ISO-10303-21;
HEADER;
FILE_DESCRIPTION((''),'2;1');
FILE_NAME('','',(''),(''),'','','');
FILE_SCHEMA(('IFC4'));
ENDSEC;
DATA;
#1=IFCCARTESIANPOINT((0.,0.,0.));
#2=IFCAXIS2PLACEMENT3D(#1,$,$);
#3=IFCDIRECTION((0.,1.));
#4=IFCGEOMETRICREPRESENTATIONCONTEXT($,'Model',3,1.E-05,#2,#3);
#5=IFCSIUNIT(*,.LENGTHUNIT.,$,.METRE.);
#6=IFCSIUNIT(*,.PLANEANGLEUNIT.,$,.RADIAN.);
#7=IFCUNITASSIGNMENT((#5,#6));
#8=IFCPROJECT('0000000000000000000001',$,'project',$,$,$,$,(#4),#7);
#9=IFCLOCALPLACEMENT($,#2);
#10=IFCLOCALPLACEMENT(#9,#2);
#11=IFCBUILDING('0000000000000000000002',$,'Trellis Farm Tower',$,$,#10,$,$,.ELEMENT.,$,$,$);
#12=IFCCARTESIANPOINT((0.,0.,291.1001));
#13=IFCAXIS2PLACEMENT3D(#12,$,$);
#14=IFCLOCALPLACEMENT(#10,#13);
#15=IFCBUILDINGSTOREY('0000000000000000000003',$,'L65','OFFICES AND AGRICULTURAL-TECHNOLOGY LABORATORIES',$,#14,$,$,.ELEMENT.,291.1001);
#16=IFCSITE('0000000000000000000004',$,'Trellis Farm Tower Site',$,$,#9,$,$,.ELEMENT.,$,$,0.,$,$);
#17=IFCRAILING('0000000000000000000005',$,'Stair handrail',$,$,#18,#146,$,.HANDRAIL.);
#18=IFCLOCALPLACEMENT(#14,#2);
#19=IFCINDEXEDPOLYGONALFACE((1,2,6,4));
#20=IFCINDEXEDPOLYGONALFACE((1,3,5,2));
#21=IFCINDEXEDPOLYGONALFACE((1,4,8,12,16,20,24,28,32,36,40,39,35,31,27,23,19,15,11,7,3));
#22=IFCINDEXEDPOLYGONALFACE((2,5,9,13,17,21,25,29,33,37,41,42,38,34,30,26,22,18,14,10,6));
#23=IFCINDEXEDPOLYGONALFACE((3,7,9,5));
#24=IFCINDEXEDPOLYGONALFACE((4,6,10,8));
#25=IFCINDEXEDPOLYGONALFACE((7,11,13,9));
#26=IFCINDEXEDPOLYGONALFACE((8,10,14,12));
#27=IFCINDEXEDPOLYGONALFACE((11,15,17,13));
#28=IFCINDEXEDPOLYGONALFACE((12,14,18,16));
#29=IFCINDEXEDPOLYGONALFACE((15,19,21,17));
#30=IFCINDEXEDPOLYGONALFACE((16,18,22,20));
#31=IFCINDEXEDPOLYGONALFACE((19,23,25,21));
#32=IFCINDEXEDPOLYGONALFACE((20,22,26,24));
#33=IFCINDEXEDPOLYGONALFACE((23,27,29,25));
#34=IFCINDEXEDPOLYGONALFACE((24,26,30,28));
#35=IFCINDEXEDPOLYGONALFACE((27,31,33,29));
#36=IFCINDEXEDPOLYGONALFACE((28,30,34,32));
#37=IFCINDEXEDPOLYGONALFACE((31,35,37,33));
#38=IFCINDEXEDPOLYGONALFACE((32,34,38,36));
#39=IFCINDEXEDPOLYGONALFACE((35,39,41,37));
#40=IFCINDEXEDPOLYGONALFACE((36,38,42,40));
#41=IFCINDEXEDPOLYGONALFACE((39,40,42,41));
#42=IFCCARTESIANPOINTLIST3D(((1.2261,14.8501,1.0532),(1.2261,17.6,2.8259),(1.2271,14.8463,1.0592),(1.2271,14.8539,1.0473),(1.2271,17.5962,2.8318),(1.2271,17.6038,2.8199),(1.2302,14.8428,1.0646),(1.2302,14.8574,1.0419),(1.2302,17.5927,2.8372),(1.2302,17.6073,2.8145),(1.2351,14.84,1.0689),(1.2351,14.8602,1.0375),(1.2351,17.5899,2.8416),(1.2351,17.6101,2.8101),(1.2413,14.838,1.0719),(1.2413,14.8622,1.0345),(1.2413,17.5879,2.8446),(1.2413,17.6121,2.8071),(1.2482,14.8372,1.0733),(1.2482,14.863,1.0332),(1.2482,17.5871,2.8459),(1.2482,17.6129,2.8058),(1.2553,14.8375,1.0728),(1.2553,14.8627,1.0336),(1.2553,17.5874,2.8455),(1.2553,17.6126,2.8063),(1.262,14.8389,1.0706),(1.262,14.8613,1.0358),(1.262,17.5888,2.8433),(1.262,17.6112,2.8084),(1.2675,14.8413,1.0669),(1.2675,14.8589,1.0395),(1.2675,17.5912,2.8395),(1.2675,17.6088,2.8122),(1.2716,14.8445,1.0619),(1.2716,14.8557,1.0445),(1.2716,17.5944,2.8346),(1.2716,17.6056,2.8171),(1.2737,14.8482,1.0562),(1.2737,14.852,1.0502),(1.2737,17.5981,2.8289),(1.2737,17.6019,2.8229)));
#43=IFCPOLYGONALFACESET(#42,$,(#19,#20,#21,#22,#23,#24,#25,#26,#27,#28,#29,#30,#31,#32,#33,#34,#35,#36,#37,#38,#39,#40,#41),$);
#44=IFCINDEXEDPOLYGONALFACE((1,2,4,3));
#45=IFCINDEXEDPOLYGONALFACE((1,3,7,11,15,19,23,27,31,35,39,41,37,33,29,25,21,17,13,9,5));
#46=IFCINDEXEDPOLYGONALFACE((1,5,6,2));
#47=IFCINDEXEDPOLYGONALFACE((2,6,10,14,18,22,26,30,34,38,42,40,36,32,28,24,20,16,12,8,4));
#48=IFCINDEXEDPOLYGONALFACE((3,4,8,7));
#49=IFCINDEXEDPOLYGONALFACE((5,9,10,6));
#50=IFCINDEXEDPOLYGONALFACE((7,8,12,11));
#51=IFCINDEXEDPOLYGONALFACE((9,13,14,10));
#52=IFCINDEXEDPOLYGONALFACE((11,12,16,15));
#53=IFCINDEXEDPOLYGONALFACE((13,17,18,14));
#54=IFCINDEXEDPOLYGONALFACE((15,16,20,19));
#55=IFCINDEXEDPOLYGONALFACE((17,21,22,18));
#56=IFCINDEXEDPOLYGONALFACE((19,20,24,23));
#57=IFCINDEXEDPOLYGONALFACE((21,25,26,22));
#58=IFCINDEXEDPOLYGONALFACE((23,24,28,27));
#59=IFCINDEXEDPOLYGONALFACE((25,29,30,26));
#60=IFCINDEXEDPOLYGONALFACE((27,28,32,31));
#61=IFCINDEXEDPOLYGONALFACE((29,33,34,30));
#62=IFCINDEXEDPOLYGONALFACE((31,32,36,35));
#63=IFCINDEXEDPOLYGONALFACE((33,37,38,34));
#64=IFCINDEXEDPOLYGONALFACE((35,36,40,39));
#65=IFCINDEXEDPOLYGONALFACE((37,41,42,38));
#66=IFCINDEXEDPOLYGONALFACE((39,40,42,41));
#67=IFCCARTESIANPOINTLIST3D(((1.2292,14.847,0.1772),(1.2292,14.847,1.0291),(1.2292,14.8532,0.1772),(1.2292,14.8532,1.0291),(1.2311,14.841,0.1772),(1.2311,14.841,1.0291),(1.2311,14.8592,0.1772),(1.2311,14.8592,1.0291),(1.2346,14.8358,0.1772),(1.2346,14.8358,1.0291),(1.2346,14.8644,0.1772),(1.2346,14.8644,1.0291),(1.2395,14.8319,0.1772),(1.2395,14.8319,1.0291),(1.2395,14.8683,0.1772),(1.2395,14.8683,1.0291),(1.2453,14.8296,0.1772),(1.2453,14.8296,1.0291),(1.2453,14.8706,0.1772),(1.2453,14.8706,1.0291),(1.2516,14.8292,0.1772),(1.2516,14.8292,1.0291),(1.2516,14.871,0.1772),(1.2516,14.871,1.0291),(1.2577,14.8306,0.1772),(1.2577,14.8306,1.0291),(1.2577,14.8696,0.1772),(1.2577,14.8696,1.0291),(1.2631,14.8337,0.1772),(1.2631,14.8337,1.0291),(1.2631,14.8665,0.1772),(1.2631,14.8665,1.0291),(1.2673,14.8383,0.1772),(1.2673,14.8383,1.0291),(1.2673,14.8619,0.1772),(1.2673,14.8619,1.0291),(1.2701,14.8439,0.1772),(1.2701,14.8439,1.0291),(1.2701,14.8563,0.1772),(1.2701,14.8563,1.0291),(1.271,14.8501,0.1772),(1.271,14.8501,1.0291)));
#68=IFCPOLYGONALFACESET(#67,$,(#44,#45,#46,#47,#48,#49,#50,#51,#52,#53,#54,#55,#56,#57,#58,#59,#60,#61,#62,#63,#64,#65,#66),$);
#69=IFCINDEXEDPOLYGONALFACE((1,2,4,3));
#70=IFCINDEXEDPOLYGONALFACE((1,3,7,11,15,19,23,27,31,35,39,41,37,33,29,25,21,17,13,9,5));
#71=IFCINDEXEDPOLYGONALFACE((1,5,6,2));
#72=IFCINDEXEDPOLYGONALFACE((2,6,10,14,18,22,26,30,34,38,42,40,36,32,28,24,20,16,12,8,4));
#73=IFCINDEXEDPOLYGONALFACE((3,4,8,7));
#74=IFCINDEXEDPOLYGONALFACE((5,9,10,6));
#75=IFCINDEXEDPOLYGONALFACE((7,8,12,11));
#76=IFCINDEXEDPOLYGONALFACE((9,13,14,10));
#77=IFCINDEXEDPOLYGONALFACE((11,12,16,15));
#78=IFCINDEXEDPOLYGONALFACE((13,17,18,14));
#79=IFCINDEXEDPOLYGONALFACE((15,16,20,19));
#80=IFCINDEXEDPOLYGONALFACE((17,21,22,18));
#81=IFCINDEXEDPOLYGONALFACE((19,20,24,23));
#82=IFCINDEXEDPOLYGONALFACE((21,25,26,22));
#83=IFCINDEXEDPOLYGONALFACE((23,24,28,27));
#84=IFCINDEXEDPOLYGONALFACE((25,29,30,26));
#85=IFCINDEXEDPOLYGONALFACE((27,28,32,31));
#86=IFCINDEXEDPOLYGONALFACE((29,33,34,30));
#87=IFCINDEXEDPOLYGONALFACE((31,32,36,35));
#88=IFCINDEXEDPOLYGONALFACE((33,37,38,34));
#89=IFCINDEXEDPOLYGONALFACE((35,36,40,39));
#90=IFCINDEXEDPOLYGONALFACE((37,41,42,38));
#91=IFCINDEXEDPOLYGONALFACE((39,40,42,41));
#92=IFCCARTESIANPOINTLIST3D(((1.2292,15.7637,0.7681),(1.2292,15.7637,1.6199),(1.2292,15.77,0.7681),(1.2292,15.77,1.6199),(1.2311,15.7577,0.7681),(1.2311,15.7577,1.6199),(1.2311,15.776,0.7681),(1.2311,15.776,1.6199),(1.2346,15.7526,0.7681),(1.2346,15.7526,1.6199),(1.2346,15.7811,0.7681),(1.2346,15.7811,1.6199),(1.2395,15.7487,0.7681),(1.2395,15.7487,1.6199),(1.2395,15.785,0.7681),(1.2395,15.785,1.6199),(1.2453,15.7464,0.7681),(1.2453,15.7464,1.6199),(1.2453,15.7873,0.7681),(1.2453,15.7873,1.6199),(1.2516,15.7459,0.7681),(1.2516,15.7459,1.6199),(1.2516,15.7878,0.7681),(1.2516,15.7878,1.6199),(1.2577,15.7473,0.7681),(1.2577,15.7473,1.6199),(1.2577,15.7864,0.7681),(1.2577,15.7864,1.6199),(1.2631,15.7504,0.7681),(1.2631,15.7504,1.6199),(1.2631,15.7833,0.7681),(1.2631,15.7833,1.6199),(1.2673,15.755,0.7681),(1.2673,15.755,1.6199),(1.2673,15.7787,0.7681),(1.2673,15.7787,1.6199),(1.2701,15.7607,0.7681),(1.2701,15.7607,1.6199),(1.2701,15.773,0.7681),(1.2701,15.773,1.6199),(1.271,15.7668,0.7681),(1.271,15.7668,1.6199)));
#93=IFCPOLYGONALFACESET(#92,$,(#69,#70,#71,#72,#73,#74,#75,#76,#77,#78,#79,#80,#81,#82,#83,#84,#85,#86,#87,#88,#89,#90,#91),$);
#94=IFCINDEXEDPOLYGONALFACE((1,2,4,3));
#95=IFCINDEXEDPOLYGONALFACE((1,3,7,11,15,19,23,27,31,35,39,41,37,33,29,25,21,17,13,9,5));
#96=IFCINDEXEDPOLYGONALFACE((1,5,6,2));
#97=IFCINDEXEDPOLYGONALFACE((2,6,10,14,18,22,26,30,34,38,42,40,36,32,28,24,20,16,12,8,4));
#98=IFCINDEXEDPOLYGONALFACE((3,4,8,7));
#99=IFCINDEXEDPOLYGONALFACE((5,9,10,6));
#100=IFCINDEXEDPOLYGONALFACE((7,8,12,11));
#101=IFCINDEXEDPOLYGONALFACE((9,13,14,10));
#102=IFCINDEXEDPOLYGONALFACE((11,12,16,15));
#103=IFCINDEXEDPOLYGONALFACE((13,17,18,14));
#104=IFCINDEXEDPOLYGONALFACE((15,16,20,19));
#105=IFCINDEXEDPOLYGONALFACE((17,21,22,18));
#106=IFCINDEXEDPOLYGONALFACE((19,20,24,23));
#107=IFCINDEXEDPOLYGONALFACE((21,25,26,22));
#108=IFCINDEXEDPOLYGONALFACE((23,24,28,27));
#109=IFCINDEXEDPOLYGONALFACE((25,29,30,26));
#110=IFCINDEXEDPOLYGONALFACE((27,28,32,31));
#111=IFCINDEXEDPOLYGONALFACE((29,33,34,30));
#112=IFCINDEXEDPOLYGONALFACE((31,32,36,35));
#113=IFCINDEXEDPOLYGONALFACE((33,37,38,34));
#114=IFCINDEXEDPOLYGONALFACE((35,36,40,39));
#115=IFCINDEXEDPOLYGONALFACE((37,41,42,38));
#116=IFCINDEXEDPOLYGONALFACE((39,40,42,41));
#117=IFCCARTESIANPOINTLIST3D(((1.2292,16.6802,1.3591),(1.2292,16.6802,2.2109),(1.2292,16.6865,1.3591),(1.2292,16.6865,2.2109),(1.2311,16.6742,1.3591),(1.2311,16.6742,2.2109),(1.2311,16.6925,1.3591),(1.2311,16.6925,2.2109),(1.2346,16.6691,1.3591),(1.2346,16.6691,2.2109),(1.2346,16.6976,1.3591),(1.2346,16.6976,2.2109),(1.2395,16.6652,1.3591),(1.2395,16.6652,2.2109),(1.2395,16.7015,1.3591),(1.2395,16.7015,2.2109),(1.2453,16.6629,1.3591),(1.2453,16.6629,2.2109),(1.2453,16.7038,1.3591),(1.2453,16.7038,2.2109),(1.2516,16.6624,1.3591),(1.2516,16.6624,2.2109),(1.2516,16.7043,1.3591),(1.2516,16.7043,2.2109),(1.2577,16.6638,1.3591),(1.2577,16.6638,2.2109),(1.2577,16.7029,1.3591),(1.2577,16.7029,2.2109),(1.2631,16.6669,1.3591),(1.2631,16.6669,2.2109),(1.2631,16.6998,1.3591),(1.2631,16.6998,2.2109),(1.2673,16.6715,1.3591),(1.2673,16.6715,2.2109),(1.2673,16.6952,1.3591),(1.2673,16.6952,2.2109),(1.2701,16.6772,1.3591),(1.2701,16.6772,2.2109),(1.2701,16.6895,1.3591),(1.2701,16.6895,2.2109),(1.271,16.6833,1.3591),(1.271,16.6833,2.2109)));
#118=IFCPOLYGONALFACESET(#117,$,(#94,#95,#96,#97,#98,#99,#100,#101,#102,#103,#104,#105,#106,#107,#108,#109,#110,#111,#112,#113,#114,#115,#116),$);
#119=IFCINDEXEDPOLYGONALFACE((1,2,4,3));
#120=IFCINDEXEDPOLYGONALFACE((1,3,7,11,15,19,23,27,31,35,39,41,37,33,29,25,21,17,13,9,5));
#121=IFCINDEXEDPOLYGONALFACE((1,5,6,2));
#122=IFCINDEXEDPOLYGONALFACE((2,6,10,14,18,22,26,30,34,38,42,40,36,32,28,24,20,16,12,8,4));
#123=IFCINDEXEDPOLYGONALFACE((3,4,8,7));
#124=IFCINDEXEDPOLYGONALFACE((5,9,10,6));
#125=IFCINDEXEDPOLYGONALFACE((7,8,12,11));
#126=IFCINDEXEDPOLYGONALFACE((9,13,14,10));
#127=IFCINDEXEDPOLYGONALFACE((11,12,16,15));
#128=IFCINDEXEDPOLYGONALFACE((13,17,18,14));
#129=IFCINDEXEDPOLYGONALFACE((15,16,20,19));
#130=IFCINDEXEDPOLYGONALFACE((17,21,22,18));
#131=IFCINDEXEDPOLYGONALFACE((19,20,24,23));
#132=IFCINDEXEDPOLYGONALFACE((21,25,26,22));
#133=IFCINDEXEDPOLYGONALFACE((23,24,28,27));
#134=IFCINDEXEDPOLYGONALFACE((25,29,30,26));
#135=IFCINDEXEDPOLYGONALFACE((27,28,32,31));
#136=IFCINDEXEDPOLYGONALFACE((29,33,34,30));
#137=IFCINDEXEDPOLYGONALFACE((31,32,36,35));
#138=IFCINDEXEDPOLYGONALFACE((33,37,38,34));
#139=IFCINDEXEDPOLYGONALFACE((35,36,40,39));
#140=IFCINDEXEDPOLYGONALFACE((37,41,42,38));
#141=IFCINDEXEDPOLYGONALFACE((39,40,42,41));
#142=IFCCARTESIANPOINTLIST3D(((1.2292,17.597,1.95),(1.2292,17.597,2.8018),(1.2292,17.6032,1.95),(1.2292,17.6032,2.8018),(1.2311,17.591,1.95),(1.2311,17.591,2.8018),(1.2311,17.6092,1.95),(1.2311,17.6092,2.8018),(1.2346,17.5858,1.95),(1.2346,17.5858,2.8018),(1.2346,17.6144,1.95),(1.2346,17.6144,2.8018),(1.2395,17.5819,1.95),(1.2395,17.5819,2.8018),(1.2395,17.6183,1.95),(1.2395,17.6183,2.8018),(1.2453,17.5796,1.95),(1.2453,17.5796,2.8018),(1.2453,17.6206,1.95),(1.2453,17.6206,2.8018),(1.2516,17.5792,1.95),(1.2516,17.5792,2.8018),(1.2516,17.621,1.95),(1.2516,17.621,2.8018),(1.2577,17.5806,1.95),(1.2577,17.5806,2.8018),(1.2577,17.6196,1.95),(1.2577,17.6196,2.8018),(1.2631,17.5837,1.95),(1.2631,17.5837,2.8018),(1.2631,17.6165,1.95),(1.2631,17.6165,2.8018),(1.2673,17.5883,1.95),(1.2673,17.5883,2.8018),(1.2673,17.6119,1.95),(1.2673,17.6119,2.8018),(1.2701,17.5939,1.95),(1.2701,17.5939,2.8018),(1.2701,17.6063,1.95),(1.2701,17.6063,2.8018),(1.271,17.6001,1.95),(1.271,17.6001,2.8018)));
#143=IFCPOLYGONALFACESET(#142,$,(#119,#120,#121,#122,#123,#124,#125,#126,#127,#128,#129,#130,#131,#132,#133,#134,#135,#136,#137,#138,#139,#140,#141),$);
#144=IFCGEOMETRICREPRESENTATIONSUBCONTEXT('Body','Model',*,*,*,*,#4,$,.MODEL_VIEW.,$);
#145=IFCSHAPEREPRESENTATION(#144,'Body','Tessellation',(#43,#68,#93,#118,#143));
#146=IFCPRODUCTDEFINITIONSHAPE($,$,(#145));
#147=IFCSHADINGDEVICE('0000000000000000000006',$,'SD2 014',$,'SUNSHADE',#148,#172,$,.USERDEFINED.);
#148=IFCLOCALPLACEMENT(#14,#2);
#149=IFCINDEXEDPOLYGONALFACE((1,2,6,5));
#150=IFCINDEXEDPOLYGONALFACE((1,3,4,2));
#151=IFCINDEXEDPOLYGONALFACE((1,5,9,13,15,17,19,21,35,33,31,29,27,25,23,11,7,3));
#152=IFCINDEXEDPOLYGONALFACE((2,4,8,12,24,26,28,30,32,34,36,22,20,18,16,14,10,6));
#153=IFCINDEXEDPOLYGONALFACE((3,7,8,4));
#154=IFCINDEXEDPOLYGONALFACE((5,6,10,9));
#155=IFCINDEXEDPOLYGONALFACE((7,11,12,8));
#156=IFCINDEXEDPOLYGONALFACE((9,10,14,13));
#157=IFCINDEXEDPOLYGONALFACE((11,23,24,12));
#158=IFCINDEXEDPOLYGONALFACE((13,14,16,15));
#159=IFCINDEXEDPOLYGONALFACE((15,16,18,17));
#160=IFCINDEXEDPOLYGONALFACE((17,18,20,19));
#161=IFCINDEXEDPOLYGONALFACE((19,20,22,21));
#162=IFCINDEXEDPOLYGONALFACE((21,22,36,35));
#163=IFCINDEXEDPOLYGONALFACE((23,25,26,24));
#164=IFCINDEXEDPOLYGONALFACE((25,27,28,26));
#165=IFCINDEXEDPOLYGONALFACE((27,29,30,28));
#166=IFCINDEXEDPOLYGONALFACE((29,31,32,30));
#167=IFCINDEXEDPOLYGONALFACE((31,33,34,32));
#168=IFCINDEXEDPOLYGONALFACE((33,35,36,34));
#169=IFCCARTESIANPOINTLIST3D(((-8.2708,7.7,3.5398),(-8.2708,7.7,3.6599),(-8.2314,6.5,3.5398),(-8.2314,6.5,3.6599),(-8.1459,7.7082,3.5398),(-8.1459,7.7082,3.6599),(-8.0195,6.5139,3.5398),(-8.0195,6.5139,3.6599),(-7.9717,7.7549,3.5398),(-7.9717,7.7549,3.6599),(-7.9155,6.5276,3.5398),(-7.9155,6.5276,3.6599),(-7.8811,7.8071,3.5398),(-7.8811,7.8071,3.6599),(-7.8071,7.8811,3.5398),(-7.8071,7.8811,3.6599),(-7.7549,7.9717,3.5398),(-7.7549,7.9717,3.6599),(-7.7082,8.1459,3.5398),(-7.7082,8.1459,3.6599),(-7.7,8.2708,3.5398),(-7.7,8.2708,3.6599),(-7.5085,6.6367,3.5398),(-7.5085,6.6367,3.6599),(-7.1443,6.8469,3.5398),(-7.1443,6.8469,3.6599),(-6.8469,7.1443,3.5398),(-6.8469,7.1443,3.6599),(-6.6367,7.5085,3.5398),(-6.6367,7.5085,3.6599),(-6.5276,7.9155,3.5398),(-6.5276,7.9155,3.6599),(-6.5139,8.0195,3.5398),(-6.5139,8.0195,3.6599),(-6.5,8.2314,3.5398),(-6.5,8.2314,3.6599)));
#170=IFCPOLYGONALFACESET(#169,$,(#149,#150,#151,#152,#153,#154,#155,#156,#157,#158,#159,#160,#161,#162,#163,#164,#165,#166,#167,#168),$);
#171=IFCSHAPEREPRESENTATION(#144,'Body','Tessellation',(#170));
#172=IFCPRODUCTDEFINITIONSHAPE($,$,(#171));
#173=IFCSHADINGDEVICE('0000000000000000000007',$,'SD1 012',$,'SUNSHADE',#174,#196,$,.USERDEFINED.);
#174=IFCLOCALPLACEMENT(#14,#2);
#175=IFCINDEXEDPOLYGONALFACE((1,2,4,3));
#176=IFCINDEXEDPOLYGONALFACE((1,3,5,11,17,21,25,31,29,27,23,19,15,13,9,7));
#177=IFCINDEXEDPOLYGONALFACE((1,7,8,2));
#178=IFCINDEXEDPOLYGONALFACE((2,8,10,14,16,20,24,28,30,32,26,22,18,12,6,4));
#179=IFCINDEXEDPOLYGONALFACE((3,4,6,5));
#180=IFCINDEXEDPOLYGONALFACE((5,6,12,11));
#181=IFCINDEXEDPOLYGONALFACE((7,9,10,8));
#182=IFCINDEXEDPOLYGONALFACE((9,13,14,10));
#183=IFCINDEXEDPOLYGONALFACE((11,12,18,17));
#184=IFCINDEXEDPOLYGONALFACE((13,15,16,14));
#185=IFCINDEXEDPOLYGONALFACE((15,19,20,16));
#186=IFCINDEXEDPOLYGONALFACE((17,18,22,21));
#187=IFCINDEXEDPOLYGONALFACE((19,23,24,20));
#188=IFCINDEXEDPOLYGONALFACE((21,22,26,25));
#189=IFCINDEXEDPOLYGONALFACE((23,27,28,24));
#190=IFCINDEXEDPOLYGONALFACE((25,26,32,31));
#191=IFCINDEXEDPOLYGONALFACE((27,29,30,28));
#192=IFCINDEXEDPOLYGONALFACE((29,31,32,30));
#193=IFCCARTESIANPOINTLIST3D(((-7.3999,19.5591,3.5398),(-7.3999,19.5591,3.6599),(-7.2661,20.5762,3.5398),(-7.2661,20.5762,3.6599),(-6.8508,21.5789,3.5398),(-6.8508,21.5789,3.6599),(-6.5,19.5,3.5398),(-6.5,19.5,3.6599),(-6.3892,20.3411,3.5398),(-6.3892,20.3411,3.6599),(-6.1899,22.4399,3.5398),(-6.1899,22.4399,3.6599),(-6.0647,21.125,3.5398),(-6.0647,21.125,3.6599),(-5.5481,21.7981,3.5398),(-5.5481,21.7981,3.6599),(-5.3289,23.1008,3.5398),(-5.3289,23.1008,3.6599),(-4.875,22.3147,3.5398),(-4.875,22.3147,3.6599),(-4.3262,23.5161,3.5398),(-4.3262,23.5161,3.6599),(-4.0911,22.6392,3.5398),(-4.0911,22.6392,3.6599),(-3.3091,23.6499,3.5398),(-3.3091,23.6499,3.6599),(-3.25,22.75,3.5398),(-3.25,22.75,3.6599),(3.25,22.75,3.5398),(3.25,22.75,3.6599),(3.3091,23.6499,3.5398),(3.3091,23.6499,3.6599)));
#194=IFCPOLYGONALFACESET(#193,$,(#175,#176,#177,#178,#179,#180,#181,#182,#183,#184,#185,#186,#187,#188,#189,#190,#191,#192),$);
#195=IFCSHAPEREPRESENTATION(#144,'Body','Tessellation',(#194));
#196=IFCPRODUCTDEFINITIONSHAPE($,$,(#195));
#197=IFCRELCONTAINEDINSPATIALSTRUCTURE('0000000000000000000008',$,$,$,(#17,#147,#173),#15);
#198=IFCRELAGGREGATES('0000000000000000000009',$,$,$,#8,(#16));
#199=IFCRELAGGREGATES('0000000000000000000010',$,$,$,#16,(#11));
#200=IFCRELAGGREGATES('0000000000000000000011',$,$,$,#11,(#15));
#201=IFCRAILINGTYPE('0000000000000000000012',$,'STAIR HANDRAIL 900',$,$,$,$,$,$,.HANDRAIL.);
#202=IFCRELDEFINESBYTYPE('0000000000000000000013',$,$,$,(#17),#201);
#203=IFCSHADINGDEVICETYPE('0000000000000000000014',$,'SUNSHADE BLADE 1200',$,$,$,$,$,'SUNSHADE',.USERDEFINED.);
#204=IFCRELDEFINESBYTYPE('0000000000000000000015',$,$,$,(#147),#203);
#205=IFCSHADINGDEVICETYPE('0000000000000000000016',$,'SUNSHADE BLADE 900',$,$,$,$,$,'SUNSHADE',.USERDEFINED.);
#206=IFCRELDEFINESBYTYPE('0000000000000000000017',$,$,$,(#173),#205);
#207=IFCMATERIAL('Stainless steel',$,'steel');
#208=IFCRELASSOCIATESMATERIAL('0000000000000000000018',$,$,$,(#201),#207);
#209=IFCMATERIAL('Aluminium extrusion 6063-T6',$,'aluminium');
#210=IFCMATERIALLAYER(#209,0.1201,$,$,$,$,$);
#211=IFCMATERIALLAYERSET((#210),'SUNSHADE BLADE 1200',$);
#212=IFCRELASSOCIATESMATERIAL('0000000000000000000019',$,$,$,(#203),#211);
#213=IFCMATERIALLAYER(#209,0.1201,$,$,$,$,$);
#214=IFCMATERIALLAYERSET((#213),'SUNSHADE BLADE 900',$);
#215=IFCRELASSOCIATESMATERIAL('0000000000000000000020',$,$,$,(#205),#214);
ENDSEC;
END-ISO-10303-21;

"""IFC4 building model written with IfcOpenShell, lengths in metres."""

from ifc_helpers import new_model, si_unit, direction, frame, origin, origin_2d, place, context, subcontext, project, spatial, polyline, circle, outline, extrude, source, transform, mapped, material, layer, layer_set, type_object, element, save


model = new_model("IFC4")

# Units and contexts
model_context = context("Model", 3, precision=1e-05, world=origin(), true_north=direction((0.0, 1.0)))
body_context = subcontext(model_context, "Body", "Model", "MODEL_VIEW")
ifc_project = project(units=[si_unit("LENGTHUNIT", "METRE"), si_unit("PLANEANGLEUNIT", "RADIAN")], contexts=[model_context])

# Site, building, storey
site_placement = place(None, origin())
site = spatial("IfcSite", under=ifc_project, at=site_placement, Name="Trellis Farm Tower Site", CompositionType="ELEMENT", RefElevation=0.0)
building_placement = place(site_placement, origin())
building = spatial("IfcBuilding", under=site, at=building_placement, Name="Trellis Farm Tower", CompositionType="ELEMENT")
storey_placement = place(building_placement, frame((0.0, 0.0, 291.1001)))
storey = spatial("IfcBuildingStorey", under=building, at=storey_placement, Name="L65", Description="OFFICES AND AGRICULTURAL-TECHNOLOGY LABORATORIES", CompositionType="ELEMENT", Elevation=291.1001)

# Shared definitions
ifc_material_1 = material(Name="Aluminium extrusion 6063-T6", Category="aluminium")

# Railing
ifc_material_2 = material(Name="Stainless steel", Category="steel")
railing_type = type_object("IfcRailingType", Name="STAIR HANDRAIL 900", PredefinedType="HANDRAIL", material=ifc_material_2)
shared_shape_1 = source(origin(), body_context, "Body", "SweptSolid", [
    extrude(circle(Radius=0.0239, at=origin_2d()), frame((0.0, 0.0, 0.876), z_axis=(0.0, 0.840504, 0.541806), x_axis=(-1.0, 0.0, 0.0)), (0.0, 0.0, 1.0), 3.2717),
    extrude(circle(Radius=0.021, at=origin_2d()), origin(), (0.0, 0.0, 1.0), 0.8518),
    extrude(circle(Radius=0.021, at=origin_2d()), frame((0.0, 0.9167, 0.5908)), (0.0, 0.0, 1.0), 0.8518),
    extrude(circle(Radius=0.021, at=origin_2d()), frame((0.0, 1.8333, 1.1819)), (0.0, 0.0, 1.0), 0.8518),
    extrude(circle(Radius=0.021, at=origin_2d()), frame((0.0, 2.75, 1.7727)), (0.0, 0.0, 1.0), 0.8518),
])
railing_placement = place(storey_placement, frame((1.25, 14.8501, 0.1772)))
element("IfcRailing", 1, at=railing_placement, inside=storey, type_object=railing_type, Name="Stair handrail", PredefinedType="HANDRAIL", context=body_context, shape_type="MappedRepresentation", body=[
    mapped(shared_shape_1, transform((0.0, 0.0, 0.0))),
])

# Shading devices
ifc_layer_1 = layer(ifc_material_1, 0.1201)
ifc_layer_set_1 = layer_set([ifc_layer_1], Name="SUNSHADE BLADE 1200")
shading_device_type_1 = type_object("IfcShadingDeviceType", Name="SUNSHADE BLADE 1200", ElementType="SUNSHADE", PredefinedType="USERDEFINED", material=ifc_layer_set_1)
shared_shape_2 = source(origin(), body_context, "Body", "SweptSolid", [
    extrude(outline(polyline([(-7.7, 8.2708), (-7.7087, 8.1372), (-7.707, 8.1501), (-7.7549, 7.9717), (-7.8071, 7.8811), (-7.8811, 7.8071), (-7.9717, 7.7549), (-8.1501, 7.707), (-8.1372, 7.7087), (-8.2708, 7.7), (-8.2314, 6.5), (-8.0195, 6.5139), (-7.9155, 6.5276), (-7.5085, 6.6367), (-7.1443, 6.8469), (-6.8469, 7.1443), (-6.6367, 7.5085), (-6.5276, 7.9155), (-6.5139, 8.0195), (-6.5, 8.2314), (-7.7, 8.2708)])), origin(), (0.0, 0.0, 1.0), 0.1201),
])
placement_1 = place(storey_placement, frame((0.0, 0.0, 3.5398)))
element("IfcShadingDevice", 2, at=placement_1, inside=storey, type_object=shading_device_type_1, Name="SD2 014", ObjectType="SUNSHADE", PredefinedType="USERDEFINED", context=body_context, shape_type="MappedRepresentation", body=[
    mapped(shared_shape_2, transform((0.0, 0.0, 0.0))),
])
ifc_layer_2 = layer(ifc_material_1, 0.1201)
ifc_layer_set_2 = layer_set([ifc_layer_2], Name="SUNSHADE BLADE 900")
shading_device_type_2 = type_object("IfcShadingDeviceType", Name="SUNSHADE BLADE 900", ElementType="SUNSHADE", PredefinedType="USERDEFINED", material=ifc_layer_set_2)
shared_shape_3 = source(origin(), body_context, "Body", "SweptSolid", [
    extrude(outline(polyline([(3.3091, 23.6499), (-3.3091, 23.6499), (-4.3262, 23.5161), (-5.3289, 23.1008), (-6.1899, 22.4399), (-6.8508, 21.5789), (-7.2661, 20.5762), (-7.3999, 19.5591), (-6.5, 19.5), (-6.3892, 20.3411), (-6.0647, 21.125), (-5.5481, 21.7981), (-4.875, 22.3147), (-4.0911, 22.6392), (-3.25, 22.75), (3.25, 22.75), (3.3091, 23.6499)])), origin(), (0.0, 0.0, 1.0), 0.1201),
])
element("IfcShadingDevice", 3, at=placement_1, inside=storey, type_object=shading_device_type_2, Name="SD1 012", ObjectType="SUNSHADE", PredefinedType="USERDEFINED", context=body_context, shape_type="MappedRepresentation", body=[
    mapped(shared_shape_3, transform((0.0, 0.0, 0.0))),
])

save(model, "model.ifc")
